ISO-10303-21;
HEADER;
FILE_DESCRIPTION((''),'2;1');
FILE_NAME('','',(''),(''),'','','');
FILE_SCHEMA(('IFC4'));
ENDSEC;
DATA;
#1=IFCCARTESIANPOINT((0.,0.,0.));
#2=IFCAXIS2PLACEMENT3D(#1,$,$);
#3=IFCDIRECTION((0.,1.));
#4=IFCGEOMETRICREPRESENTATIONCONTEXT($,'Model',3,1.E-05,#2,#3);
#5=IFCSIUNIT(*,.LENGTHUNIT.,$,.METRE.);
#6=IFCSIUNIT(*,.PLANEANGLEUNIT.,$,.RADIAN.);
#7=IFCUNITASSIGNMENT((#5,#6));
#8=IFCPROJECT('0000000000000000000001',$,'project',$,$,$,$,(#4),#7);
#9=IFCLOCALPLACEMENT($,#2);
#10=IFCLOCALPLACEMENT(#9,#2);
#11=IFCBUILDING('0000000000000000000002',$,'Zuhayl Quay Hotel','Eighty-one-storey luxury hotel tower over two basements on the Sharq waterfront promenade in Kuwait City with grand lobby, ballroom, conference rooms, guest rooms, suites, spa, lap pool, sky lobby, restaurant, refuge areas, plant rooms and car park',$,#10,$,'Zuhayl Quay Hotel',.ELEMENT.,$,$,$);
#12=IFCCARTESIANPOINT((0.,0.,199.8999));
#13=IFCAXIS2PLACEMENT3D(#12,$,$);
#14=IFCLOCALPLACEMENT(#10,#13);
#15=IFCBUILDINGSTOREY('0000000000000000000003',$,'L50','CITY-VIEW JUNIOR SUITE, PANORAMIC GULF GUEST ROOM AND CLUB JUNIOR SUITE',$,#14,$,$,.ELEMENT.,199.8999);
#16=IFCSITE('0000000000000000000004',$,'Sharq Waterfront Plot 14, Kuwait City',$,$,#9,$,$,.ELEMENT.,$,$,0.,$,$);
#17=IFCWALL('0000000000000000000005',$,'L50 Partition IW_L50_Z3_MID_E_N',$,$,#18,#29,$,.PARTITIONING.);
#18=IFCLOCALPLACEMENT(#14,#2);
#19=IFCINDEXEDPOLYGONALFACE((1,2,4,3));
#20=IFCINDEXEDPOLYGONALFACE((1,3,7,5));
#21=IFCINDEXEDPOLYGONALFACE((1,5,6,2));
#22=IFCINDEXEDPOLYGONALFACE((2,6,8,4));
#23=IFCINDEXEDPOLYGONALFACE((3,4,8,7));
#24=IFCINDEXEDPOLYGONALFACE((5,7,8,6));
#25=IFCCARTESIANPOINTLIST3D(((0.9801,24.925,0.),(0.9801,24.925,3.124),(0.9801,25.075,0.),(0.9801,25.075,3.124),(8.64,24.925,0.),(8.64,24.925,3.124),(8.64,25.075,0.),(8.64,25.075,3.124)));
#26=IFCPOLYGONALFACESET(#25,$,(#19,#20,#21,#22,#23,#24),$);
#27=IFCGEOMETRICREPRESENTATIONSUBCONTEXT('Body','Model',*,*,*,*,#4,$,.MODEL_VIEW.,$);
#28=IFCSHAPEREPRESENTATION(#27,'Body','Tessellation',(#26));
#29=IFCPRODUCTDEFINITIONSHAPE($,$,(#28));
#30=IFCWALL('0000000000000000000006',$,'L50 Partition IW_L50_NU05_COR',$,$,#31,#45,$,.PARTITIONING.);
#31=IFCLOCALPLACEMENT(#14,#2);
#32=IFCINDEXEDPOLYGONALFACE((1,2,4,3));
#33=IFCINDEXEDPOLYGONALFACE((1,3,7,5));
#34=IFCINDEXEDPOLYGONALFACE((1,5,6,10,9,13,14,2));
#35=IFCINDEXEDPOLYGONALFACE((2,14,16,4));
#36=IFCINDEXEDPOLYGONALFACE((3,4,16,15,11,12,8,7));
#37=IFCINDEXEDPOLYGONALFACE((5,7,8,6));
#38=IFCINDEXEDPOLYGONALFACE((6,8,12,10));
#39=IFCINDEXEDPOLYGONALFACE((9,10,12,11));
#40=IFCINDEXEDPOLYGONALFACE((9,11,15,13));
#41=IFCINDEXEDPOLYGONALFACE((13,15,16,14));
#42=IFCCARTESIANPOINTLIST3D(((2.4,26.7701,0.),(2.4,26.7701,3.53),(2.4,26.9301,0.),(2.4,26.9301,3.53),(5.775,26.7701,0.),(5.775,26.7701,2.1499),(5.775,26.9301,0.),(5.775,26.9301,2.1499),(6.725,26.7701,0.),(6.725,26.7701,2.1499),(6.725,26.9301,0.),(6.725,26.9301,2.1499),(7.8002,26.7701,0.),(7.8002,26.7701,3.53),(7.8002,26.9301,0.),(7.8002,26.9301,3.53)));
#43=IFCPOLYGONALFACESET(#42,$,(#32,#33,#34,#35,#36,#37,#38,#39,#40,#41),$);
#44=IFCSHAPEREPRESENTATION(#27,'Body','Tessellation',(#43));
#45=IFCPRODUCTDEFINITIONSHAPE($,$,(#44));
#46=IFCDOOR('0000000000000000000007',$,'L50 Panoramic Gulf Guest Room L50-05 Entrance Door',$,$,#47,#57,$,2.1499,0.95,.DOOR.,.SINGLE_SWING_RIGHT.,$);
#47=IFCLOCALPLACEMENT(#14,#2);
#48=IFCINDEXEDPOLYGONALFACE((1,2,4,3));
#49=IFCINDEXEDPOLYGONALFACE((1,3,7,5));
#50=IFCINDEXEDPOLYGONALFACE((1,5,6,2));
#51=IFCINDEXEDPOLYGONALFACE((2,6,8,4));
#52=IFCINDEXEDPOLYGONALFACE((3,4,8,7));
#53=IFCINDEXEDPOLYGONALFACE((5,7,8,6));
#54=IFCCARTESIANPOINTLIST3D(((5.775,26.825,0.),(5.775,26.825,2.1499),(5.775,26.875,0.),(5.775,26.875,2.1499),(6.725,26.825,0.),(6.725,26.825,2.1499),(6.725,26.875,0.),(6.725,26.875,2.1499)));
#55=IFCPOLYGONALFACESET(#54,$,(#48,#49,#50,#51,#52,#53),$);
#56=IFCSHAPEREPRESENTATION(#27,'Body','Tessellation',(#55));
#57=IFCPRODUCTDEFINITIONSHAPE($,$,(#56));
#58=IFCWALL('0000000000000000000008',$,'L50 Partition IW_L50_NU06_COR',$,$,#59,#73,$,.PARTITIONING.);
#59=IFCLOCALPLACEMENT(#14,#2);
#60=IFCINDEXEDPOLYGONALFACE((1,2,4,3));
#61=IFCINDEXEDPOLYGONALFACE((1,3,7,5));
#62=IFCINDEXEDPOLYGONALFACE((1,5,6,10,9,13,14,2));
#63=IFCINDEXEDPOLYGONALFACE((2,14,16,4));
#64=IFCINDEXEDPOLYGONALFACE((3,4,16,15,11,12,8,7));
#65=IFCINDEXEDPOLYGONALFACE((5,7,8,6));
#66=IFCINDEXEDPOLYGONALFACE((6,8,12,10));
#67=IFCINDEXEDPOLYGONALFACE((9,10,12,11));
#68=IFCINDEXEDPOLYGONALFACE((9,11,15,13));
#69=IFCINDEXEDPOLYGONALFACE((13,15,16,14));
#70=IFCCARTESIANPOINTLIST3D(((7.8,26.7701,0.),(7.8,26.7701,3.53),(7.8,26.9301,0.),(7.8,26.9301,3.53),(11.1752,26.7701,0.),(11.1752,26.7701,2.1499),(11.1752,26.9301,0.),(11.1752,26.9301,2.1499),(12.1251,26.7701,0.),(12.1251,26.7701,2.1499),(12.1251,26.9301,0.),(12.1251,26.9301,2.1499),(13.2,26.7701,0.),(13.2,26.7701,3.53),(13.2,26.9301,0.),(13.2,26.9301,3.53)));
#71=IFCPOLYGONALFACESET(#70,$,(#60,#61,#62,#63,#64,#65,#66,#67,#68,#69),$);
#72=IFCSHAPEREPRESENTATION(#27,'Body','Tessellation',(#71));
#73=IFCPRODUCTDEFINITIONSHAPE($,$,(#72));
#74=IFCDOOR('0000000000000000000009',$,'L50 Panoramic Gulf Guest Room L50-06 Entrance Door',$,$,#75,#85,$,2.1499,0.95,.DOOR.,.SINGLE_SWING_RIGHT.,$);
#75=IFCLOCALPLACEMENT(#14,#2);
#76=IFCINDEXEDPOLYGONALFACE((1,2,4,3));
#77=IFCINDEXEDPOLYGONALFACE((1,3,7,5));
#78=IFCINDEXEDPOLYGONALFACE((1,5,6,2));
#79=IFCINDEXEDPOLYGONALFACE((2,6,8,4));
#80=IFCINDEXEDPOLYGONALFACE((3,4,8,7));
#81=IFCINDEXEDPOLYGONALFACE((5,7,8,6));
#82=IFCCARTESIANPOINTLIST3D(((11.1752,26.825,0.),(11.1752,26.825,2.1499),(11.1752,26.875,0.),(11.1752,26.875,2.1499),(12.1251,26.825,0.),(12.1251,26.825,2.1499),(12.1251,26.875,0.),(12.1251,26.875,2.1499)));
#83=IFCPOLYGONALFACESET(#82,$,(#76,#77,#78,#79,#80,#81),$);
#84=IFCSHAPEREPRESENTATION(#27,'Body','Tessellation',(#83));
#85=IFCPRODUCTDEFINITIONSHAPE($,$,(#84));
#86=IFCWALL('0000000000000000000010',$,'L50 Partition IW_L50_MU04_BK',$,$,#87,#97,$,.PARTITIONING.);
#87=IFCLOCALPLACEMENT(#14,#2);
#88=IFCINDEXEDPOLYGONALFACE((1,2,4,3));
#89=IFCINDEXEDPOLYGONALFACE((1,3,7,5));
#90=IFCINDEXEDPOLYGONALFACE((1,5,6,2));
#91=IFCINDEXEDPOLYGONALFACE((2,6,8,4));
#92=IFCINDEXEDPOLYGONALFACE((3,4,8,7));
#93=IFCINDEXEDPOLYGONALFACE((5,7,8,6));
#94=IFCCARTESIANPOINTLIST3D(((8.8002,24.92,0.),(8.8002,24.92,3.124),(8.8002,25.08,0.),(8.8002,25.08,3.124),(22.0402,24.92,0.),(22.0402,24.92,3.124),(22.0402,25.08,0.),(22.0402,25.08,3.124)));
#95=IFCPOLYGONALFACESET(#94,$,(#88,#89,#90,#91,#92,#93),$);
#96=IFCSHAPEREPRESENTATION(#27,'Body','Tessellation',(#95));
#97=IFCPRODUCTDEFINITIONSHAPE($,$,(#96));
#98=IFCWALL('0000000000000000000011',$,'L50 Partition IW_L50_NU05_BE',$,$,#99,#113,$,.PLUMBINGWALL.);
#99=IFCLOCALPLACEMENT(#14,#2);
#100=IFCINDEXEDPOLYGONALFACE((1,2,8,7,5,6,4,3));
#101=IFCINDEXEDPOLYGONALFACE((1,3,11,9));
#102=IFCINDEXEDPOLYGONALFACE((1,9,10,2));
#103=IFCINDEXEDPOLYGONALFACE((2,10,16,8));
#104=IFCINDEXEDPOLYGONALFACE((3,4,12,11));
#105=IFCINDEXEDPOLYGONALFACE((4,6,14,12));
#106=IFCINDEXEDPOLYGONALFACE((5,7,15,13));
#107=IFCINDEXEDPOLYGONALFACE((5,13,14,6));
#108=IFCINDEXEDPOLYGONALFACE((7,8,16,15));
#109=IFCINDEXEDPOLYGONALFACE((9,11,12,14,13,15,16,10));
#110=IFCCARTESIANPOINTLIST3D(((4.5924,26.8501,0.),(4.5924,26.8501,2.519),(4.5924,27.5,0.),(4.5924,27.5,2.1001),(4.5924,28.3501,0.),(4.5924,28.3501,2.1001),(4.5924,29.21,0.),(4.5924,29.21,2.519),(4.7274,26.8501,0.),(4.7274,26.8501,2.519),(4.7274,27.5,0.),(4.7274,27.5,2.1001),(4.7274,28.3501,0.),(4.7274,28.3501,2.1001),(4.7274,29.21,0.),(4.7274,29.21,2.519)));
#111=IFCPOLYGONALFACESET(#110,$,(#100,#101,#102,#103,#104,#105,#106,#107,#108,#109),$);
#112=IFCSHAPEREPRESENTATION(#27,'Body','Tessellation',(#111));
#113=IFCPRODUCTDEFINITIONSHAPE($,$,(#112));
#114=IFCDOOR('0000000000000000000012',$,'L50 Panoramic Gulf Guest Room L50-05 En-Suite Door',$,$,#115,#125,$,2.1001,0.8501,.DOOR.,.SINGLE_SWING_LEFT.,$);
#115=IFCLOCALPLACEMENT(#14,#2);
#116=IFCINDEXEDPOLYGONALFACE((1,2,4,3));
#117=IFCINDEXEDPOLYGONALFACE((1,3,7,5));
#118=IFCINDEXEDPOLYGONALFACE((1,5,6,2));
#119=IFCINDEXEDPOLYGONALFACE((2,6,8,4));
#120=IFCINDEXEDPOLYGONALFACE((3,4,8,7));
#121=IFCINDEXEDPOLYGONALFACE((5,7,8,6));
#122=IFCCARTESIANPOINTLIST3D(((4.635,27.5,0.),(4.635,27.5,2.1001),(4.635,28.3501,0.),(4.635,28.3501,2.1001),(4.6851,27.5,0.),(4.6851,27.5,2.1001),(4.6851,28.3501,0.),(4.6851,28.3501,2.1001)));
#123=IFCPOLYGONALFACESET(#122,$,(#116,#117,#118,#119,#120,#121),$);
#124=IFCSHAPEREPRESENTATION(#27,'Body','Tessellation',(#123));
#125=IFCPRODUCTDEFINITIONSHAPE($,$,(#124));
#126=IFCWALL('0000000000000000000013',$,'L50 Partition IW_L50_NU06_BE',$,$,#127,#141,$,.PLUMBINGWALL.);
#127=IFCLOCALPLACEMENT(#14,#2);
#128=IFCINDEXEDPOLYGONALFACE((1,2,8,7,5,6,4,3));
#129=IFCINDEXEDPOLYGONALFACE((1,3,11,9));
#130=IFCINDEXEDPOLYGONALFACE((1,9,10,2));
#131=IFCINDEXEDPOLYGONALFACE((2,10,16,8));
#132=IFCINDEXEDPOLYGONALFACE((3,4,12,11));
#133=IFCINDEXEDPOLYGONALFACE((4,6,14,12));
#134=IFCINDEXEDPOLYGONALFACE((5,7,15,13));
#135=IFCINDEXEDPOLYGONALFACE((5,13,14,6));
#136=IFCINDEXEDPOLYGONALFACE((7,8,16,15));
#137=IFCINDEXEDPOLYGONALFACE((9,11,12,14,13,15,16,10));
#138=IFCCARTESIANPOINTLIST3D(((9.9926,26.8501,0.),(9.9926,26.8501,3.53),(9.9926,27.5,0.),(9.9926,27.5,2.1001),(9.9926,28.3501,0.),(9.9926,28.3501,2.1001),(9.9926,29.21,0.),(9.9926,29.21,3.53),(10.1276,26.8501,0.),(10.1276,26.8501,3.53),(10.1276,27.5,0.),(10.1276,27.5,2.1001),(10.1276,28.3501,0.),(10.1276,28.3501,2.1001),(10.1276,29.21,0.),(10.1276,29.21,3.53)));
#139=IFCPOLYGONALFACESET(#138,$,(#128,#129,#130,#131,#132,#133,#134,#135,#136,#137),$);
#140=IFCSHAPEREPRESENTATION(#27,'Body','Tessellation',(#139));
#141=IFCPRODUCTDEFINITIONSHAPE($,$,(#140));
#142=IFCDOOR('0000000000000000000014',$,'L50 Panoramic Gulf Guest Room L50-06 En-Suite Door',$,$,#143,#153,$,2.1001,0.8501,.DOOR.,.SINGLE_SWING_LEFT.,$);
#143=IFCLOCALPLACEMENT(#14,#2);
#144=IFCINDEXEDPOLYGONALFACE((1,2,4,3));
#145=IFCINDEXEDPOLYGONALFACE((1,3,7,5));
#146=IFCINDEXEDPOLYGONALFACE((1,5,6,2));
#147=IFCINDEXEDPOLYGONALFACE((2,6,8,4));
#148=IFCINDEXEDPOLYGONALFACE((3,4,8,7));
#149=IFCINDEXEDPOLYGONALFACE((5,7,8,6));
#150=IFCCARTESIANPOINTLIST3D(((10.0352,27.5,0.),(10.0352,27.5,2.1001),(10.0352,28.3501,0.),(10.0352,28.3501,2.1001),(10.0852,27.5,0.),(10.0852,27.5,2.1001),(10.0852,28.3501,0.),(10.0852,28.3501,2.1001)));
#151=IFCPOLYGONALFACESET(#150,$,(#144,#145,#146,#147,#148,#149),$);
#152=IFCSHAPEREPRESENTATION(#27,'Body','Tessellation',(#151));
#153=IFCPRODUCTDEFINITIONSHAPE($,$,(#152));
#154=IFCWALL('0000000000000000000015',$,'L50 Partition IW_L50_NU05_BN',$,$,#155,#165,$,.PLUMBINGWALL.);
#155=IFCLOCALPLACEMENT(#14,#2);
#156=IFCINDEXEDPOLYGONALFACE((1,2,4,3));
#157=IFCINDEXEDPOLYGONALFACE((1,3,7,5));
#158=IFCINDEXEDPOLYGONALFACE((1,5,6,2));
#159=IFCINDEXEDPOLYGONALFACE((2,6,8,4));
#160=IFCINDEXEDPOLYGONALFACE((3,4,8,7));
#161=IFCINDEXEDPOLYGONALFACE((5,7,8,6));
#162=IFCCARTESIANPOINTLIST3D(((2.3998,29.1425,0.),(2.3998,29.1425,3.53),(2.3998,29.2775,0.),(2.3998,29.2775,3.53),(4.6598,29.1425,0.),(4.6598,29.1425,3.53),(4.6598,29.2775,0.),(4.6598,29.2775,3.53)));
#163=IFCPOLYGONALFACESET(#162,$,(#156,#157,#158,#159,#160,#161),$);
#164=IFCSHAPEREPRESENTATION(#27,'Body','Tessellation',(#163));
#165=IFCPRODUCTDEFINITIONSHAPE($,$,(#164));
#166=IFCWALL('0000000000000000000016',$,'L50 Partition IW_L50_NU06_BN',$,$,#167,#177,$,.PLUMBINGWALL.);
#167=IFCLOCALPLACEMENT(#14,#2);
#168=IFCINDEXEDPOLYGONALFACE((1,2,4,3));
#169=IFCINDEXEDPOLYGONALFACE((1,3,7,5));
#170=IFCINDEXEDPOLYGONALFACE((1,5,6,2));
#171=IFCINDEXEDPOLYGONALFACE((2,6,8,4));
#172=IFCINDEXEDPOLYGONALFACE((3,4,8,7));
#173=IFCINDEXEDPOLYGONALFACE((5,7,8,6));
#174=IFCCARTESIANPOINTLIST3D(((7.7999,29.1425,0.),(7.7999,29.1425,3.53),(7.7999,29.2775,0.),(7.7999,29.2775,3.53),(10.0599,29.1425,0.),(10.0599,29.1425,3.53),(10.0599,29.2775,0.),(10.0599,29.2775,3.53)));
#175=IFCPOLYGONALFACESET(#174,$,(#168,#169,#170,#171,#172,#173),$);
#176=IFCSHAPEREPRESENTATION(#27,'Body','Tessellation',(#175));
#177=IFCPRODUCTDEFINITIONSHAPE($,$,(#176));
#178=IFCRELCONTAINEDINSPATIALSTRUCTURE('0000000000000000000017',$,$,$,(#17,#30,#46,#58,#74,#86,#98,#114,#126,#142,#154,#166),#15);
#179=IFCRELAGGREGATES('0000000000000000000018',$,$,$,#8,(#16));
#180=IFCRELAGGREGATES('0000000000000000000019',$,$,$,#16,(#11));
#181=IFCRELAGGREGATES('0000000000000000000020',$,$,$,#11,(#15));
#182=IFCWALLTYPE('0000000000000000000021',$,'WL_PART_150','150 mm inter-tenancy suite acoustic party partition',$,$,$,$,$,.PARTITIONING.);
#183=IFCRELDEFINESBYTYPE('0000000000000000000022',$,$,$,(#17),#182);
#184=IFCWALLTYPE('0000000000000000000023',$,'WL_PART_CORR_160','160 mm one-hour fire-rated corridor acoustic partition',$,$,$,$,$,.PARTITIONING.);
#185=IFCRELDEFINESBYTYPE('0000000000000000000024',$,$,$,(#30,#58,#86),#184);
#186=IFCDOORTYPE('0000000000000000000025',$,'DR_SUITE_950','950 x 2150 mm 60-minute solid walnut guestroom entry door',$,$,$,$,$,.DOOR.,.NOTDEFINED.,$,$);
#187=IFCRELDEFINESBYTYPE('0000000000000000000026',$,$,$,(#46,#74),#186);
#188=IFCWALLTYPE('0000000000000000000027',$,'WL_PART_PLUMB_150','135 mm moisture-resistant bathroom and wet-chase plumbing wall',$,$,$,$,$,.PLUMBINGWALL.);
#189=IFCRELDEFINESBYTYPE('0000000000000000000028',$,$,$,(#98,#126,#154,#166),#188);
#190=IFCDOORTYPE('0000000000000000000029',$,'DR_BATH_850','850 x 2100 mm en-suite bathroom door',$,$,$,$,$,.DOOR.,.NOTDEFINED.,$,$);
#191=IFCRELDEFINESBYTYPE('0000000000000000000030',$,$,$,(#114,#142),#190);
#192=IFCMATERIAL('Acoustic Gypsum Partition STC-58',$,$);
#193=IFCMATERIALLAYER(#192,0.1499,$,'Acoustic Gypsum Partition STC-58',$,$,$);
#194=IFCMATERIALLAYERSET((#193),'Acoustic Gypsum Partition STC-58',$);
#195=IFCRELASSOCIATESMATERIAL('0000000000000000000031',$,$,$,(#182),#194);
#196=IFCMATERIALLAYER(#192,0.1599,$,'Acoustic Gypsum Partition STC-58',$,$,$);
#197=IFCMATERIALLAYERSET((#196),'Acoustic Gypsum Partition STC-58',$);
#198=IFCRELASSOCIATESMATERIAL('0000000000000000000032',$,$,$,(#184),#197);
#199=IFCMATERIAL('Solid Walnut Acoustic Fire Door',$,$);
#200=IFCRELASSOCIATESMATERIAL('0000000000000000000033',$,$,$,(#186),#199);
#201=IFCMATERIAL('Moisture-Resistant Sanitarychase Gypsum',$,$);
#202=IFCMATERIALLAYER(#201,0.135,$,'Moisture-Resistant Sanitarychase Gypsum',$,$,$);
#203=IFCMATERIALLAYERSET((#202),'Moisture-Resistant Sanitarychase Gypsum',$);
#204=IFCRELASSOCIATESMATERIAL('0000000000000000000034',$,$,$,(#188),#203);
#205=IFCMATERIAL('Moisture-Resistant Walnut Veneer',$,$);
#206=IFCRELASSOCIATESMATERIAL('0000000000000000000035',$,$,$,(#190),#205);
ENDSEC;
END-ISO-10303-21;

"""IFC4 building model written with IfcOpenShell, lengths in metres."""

from ifc_helpers import new_model, si_unit, direction, frame, frame_2d, origin, place, context, subcontext, project, spatial, rectangle, extrude, material, layer, layer_set, type_object, element, fill, save


model = new_model("IFC4")

# Units and contexts
model_context = context("Model", 3, precision=1e-05, world=origin(), true_north=direction((0.0, 1.0)))
body_context = subcontext(model_context, "Body", "Model", "MODEL_VIEW")
ifc_project = project(units=[si_unit("LENGTHUNIT", "METRE"), si_unit("PLANEANGLEUNIT", "RADIAN")], contexts=[model_context])

# Site, building, storey
site_placement = place(None, origin())
site = spatial("IfcSite", under=ifc_project, at=site_placement, Name="Sharq Waterfront Plot 14, Kuwait City", CompositionType="ELEMENT", RefElevation=0.0)
building_placement = place(site_placement, origin())
building = spatial("IfcBuilding", under=site, at=building_placement, Name="Zuhayl Quay Hotel", Description="Eighty-one-storey luxury hotel tower over two basements on the Sharq waterfront promenade in Kuwait City with grand lobby, ballroom, conference rooms, guest rooms, suites, spa, lap pool, sky lobby, restaurant, refuge areas, plant rooms and car park", LongName="Zuhayl Quay Hotel", CompositionType="ELEMENT")
storey_placement = place(building_placement, frame((0.0, 0.0, 199.8999)))
storey = spatial("IfcBuildingStorey", under=building, at=storey_placement, Name="L50", Description="CITY-VIEW JUNIOR SUITE, PANORAMIC GULF GUEST ROOM AND CLUB JUNIOR SUITE", CompositionType="ELEMENT", Elevation=199.8999)

# Wall
ifc_material_1 = material(Name="Acoustic Gypsum Partition STC-58")
ifc_layer_1 = layer(ifc_material_1, 0.1499, Name="Acoustic Gypsum Partition STC-58")
ifc_layer_set_1 = layer_set([ifc_layer_1], Name="Acoustic Gypsum Partition STC-58")
wall_type_1 = type_object("IfcWallType", Name="WL_PART_150", Description="150 mm inter-tenancy suite acoustic party partition", PredefinedType="PARTITIONING", material=ifc_layer_set_1)
wall_1_placement = place(storey_placement, frame((0.98, 25.0, 0.0), z_axis=(0.0, 0.0, 1.0), x_axis=(1.0, 0.0, 0.0)))
element("IfcWall", 1, at=wall_1_placement, inside=storey, type_object=wall_type_1, Name="L50 Partition IW_L50_Z3_MID_E_N", PredefinedType="PARTITIONING", context=body_context, shape_type="SweptSolid", body=[
    extrude(rectangle(XDim=7.6599, YDim=0.1499, at=frame_2d((3.8301, 0.0))), origin(), (0.0, 0.0, 1.0), 3.124),
])

# Walls, openings, doors
ifc_layer_2 = layer(ifc_material_1, 0.1599, Name="Acoustic Gypsum Partition STC-58")
ifc_layer_set_2 = layer_set([ifc_layer_2], Name="Acoustic Gypsum Partition STC-58")
wall_type_2 = type_object("IfcWallType", Name="WL_PART_CORR_160", Description="160 mm one-hour fire-rated corridor acoustic partition", PredefinedType="PARTITIONING", material=ifc_layer_set_2)
wall_2_placement = place(storey_placement, frame((2.3999, 26.8501, 0.0), z_axis=(0.0, 0.0, 1.0), x_axis=(1.0, 0.0, 0.0)))
wall_2 = element("IfcWall", 2, at=wall_2_placement, inside=storey, type_object=wall_type_2, Name="L50 Partition IW_L50_NU05_COR", PredefinedType="PARTITIONING", context=body_context, shape_type="SweptSolid", body=[
    extrude(rectangle(XDim=5.4001, YDim=0.1599, at=frame_2d((2.7002, 0.0))), origin(), (0.0, 0.0, 1.0), 3.53),
])
opening_1_placement = place(wall_2_placement, frame((3.375, 0.0, 0.0)))
opening_1 = element("IfcOpeningElement", 3, at=opening_1_placement, cuts=wall_2, PredefinedType="OPENING", context=body_context, shape_type="SweptSolid", body=[
    extrude(rectangle(XDim=0.95, YDim=2.1499, at=frame_2d((0.4751, 1.075))), frame((0.0, 0.0898, 0.0), z_axis=(0.0, -1.0, 0.0), x_axis=(1.0, 0.0, 0.0)), (0.0, 0.0, 1.0), 0.1799),
])
ifc_material_2 = material(Name="Solid Walnut Acoustic Fire Door")
door_type_1 = type_object("IfcDoorType", Name="DR_SUITE_950", Description="950 x 2150 mm 60-minute solid walnut guestroom entry door", OperationType="NOTDEFINED", PredefinedType="DOOR", material=ifc_material_2)
door_1_placement = place(opening_1_placement, origin())
door_1 = element("IfcDoor", 4, at=door_1_placement, inside=storey, type_object=door_type_1, Name="L50 Panoramic Gulf Guest Room L50-05 Entrance Door", OperationType="SINGLE_SWING_RIGHT", OverallHeight=2.1499, OverallWidth=0.95, PredefinedType="DOOR", context=body_context, shape_type="SweptSolid", body=[
    extrude(rectangle(XDim=0.95, YDim=2.1499, at=frame_2d((0.4751, 1.075))), frame((0.0, 0.0249, 0.0), z_axis=(0.0, -1.0, 0.0), x_axis=(1.0, 0.0, 0.0)), (0.0, 0.0, 1.0), 0.05),
])
fill(opening_1, door_1)
wall_3_placement = place(storey_placement, frame((7.8, 26.8501, 0.0), z_axis=(0.0, 0.0, 1.0), x_axis=(1.0, 0.0, 0.0)))
wall_3 = element("IfcWall", 5, at=wall_3_placement, inside=storey, type_object=wall_type_2, Name="L50 Partition IW_L50_NU06_COR", PredefinedType="PARTITIONING", context=body_context, shape_type="SweptSolid", body=[
    extrude(rectangle(XDim=5.3999, YDim=0.1599, at=frame_2d((2.7, 0.0))), origin(), (0.0, 0.0, 1.0), 3.53),
])
opening_2_placement = place(wall_3_placement, frame((3.375, 0.0, 0.0)))
opening_2 = element("IfcOpeningElement", 6, at=opening_2_placement, cuts=wall_3, PredefinedType="OPENING", context=body_context, shape_type="SweptSolid", body=[
    extrude(rectangle(XDim=0.95, YDim=2.1499, at=frame_2d((0.4751, 1.075))), frame((0.0, 0.0898, 0.0), z_axis=(0.0, -1.0, 0.0), x_axis=(1.0, 0.0, 0.0)), (0.0, 0.0, 1.0), 0.1799),
])
door_2_placement = place(opening_2_placement, origin())
door_2 = element("IfcDoor", 7, at=door_2_placement, inside=storey, type_object=door_type_1, Name="L50 Panoramic Gulf Guest Room L50-06 Entrance Door", OperationType="SINGLE_SWING_RIGHT", OverallHeight=2.1499, OverallWidth=0.95, PredefinedType="DOOR", context=body_context, shape_type="SweptSolid", body=[
    extrude(rectangle(XDim=0.95, YDim=2.1499, at=frame_2d((0.4751, 1.075))), frame((0.0, 0.0249, 0.0), z_axis=(0.0, -1.0, 0.0), x_axis=(1.0, 0.0, 0.0)), (0.0, 0.0, 1.0), 0.05),
])
fill(opening_2, door_2)

# Wall
wall_4_placement = place(storey_placement, frame((8.8, 25.0, 0.0), z_axis=(0.0, 0.0, 1.0), x_axis=(1.0, 0.0, 0.0)))
element("IfcWall", 8, at=wall_4_placement, inside=storey, type_object=wall_type_2, Name="L50 Partition IW_L50_MU04_BK", PredefinedType="PARTITIONING", context=body_context, shape_type="SweptSolid", body=[
    extrude(rectangle(XDim=13.24, YDim=0.1599, at=frame_2d((6.6201, 0.0))), origin(), (0.0, 0.0, 1.0), 3.124),
])

# Walls, openings, doors
ifc_material_3 = material(Name="Moisture-Resistant Sanitarychase Gypsum")
ifc_layer_3 = layer(ifc_material_3, 0.135, Name="Moisture-Resistant Sanitarychase Gypsum")
ifc_layer_set_3 = layer_set([ifc_layer_3], Name="Moisture-Resistant Sanitarychase Gypsum")
wall_type_3 = type_object("IfcWallType", Name="WL_PART_PLUMB_150", Description="135 mm moisture-resistant bathroom and wet-chase plumbing wall", PredefinedType="PLUMBINGWALL", material=ifc_layer_set_3)
wall_5_placement = place(storey_placement, frame((4.6599, 26.8501, 0.0), z_axis=(0.0, 0.0, 1.0), x_axis=(0.0, 1.0, 0.0)))
wall_5 = element("IfcWall", 9, at=wall_5_placement, inside=storey, type_object=wall_type_3, Name="L50 Partition IW_L50_NU05_BE", PredefinedType="PLUMBINGWALL", context=body_context, shape_type="SweptSolid", body=[
    extrude(rectangle(XDim=2.3599, YDim=0.135, at=frame_2d((1.1799, 0.0))), origin(), (0.0, 0.0, 1.0), 2.519),
])
opening_3_placement = place(wall_5_placement, frame((0.6499, 0.0, 0.0)))
opening_3 = element("IfcOpeningElement", 10, at=opening_3_placement, cuts=wall_5, PredefinedType="OPENING", context=body_context, shape_type="SweptSolid", body=[
    extrude(rectangle(XDim=0.8501, YDim=2.1001, at=frame_2d((0.425, 1.05))), frame((0.0, 0.0774, 0.0), z_axis=(0.0, -1.0, 0.0), x_axis=(1.0, 0.0, 0.0)), (0.0, 0.0, 1.0), 0.155),
])
ifc_material_4 = material(Name="Moisture-Resistant Walnut Veneer")
door_type_2 = type_object("IfcDoorType", Name="DR_BATH_850", Description="850 x 2100 mm en-suite bathroom door", OperationType="NOTDEFINED", PredefinedType="DOOR", material=ifc_material_4)
door_3_placement = place(opening_3_placement, origin())
door_3 = element("IfcDoor", 11, at=door_3_placement, inside=storey, type_object=door_type_2, Name="L50 Panoramic Gulf Guest Room L50-05 En-Suite Door", OperationType="SINGLE_SWING_LEFT", OverallHeight=2.1001, OverallWidth=0.8501, PredefinedType="DOOR", context=body_context, shape_type="SweptSolid", body=[
    extrude(rectangle(XDim=0.8501, YDim=2.1001, at=frame_2d((0.425, 1.05))), frame((0.0, 0.0249, 0.0), z_axis=(0.0, -1.0, 0.0), x_axis=(1.0, 0.0, 0.0)), (0.0, 0.0, 1.0), 0.05),
])
fill(opening_3, door_3)
wall_6_placement = place(storey_placement, frame((10.0601, 26.8501, 0.0), z_axis=(0.0, 0.0, 1.0), x_axis=(0.0, 1.0, 0.0)))
wall_6 = element("IfcWall", 12, at=wall_6_placement, inside=storey, type_object=wall_type_3, Name="L50 Partition IW_L50_NU06_BE", PredefinedType="PLUMBINGWALL", context=body_context, shape_type="SweptSolid", body=[
    extrude(rectangle(XDim=2.3599, YDim=0.135, at=frame_2d((1.1799, 0.0))), origin(), (0.0, 0.0, 1.0), 3.53),
])
opening_4_placement = place(wall_6_placement, frame((0.6499, 0.0, 0.0)))
opening_4 = element("IfcOpeningElement", 13, at=opening_4_placement, cuts=wall_6, PredefinedType="OPENING", context=body_context, shape_type="SweptSolid", body=[
    extrude(rectangle(XDim=0.8501, YDim=2.1001, at=frame_2d((0.425, 1.05))), frame((0.0, 0.0774, 0.0), z_axis=(0.0, -1.0, 0.0), x_axis=(1.0, 0.0, 0.0)), (0.0, 0.0, 1.0), 0.155),
])
door_4_placement = place(opening_4_placement, origin())
door_4 = element("IfcDoor", 14, at=door_4_placement, inside=storey, type_object=door_type_2, Name="L50 Panoramic Gulf Guest Room L50-06 En-Suite Door", OperationType="SINGLE_SWING_LEFT", OverallHeight=2.1001, OverallWidth=0.8501, PredefinedType="DOOR", context=body_context, shape_type="SweptSolid", body=[
    extrude(rectangle(XDim=0.8501, YDim=2.1001, at=frame_2d((0.425, 1.05))), frame((0.0, 0.0249, 0.0), z_axis=(0.0, -1.0, 0.0), x_axis=(1.0, 0.0, 0.0)), (0.0, 0.0, 1.0), 0.05),
])
fill(opening_4, door_4)

# Walls
for number, where, z_axis, x_axis, name in (
    (15, (2.3999, 29.21, 0.0), (0.0, 0.0, 1.0), (1.0, 0.0, 0.0), "L50 Partition IW_L50_NU05_BN"),
    (16, (7.8, 29.21, 0.0), (0.0, 0.0, 1.0), (1.0, 0.0, 0.0), "L50 Partition IW_L50_NU06_BN"),
):
    element("IfcWall", number, at=place(storey_placement, frame(where, z_axis=z_axis, x_axis=x_axis)), inside=storey, type_object=wall_type_3, Name=name, PredefinedType="PLUMBINGWALL", context=body_context, shape_type="SweptSolid", body=[
        extrude(rectangle(XDim=2.26, YDim=0.135, at=frame_2d((1.1299, 0.0))), origin(), (0.0, 0.0, 1.0), 3.53),
    ])

save(model, "model.ifc")
